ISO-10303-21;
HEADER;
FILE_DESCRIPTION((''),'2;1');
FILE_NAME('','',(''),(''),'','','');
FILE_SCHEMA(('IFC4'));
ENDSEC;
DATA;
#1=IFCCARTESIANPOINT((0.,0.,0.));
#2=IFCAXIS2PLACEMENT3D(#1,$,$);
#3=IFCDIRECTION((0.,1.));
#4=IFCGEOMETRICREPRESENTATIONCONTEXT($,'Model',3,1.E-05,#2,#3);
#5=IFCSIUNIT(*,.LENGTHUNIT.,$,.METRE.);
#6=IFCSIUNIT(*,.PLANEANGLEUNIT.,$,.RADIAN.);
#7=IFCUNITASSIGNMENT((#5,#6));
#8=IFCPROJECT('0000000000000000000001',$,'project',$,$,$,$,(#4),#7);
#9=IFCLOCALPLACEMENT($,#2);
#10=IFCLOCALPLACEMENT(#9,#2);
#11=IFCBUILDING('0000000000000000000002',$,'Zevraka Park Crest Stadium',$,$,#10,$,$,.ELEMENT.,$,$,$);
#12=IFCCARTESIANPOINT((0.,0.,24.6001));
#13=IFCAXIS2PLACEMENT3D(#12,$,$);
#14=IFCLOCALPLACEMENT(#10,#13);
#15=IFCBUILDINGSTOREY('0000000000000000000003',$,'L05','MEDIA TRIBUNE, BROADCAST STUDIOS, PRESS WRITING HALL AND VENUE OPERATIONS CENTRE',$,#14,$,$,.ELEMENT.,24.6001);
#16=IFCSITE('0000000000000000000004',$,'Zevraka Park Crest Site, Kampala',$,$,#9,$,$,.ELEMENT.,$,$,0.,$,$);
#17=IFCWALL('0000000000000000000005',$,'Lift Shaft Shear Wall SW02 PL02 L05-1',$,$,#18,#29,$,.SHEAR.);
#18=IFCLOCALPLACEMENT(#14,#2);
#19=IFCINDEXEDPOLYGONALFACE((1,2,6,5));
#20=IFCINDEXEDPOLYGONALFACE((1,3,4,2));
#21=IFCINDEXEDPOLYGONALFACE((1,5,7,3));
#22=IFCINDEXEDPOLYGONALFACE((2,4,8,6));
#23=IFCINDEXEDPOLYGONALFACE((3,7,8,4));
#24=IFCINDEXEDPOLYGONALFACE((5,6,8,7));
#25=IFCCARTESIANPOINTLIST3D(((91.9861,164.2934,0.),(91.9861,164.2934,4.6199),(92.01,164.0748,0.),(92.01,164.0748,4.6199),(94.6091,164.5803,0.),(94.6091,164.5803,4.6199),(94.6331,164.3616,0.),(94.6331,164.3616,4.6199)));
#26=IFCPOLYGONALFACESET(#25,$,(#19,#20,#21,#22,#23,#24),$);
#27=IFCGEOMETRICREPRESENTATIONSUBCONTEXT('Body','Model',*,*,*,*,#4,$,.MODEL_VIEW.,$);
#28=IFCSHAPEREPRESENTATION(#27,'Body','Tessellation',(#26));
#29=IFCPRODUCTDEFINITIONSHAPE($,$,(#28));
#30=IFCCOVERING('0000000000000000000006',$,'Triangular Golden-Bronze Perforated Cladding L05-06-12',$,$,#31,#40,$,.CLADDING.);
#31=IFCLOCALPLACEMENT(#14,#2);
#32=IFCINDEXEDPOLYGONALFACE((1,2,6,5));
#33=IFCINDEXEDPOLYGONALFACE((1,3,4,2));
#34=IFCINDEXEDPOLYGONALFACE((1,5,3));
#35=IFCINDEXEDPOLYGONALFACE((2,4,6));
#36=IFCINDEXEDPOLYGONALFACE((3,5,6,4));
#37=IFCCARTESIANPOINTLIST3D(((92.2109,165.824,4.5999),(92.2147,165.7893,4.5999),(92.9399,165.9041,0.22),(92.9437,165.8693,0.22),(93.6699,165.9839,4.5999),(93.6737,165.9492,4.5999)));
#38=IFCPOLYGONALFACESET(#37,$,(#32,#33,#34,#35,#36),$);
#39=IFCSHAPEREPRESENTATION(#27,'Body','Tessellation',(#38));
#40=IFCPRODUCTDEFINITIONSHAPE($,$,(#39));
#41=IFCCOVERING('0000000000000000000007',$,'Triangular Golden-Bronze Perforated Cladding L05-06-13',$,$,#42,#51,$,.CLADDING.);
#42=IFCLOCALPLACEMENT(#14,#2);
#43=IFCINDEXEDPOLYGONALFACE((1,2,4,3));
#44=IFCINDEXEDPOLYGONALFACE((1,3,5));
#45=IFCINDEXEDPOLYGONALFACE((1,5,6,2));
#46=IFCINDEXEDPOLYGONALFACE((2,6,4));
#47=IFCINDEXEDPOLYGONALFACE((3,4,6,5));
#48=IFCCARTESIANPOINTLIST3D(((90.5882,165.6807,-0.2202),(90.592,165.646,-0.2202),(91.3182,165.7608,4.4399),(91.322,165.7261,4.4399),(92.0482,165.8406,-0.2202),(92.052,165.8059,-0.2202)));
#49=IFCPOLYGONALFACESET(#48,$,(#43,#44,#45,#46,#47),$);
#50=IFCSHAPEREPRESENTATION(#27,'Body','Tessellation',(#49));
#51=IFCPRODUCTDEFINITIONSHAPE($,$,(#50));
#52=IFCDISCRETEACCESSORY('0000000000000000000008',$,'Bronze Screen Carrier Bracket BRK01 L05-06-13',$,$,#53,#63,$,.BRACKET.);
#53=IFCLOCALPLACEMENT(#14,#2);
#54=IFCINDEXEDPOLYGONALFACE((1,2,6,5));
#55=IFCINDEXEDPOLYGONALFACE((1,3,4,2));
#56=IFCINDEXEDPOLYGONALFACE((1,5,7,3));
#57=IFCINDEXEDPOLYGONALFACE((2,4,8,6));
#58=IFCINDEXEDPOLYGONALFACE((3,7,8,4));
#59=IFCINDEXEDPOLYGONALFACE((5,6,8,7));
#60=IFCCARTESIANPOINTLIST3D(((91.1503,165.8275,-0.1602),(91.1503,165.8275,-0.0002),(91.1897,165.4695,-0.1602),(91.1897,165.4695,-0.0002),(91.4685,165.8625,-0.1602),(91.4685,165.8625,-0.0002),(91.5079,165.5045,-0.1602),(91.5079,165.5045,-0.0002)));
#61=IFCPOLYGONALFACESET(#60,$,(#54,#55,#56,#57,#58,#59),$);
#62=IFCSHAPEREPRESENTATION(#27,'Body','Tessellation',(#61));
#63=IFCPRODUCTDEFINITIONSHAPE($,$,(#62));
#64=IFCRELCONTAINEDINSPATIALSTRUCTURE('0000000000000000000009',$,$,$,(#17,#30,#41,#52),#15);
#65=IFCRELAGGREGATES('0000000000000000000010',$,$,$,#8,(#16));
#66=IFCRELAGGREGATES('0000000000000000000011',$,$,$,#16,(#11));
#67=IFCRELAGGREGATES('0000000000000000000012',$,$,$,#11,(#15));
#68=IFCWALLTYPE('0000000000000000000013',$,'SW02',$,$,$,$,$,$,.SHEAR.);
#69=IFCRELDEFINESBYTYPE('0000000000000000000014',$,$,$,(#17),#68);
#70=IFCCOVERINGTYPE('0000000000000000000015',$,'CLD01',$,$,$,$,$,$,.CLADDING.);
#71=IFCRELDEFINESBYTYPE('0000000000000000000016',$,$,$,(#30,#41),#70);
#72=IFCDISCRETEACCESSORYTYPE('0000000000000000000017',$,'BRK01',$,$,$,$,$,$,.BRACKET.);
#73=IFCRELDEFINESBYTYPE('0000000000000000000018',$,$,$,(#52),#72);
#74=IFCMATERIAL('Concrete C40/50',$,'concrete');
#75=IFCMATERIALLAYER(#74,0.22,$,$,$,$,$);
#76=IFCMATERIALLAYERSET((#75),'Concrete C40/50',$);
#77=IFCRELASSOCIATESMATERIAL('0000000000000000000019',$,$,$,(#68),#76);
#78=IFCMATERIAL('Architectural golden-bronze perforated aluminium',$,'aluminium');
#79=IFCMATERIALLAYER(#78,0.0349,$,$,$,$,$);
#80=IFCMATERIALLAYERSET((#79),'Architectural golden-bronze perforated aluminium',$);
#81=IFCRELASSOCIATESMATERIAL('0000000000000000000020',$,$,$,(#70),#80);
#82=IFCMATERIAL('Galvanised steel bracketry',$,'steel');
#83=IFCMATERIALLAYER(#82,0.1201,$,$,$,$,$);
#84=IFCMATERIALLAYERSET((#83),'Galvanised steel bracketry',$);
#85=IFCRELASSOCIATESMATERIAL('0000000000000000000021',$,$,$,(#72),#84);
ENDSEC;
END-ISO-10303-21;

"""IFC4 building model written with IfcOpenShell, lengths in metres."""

from ifc_helpers import new_model, si_unit, direction, frame, frame_2d, origin, origin_2d, place, context, subcontext, project, spatial, polyline, rectangle, outline, extrude, material, layer, layer_set, type_object, element, save


model = new_model("IFC4")

# Units and contexts
model_context = context("Model", 3, precision=1e-05, world=origin(), true_north=direction((0.0, 1.0)))
body_context = subcontext(model_context, "Body", "Model", "MODEL_VIEW")
ifc_project = project(units=[si_unit("LENGTHUNIT", "METRE"), si_unit("PLANEANGLEUNIT", "RADIAN")], contexts=[model_context])

# Site, building, storey
site_placement = place(None, origin())
site = spatial("IfcSite", under=ifc_project, at=site_placement, Name="Zevraka Park Crest Site, Kampala", CompositionType="ELEMENT", RefElevation=0.0)
building_placement = place(site_placement, origin())
building = spatial("IfcBuilding", under=site, at=building_placement, Name="Zevraka Park Crest Stadium", CompositionType="ELEMENT")
storey_placement = place(building_placement, frame((0.0, 0.0, 24.6001)))
storey = spatial("IfcBuildingStorey", under=building, at=storey_placement, Name="L05", Description="MEDIA TRIBUNE, BROADCAST STUDIOS, PRESS WRITING HALL AND VENUE OPERATIONS CENTRE", CompositionType="ELEMENT", Elevation=24.6001)

# Wall
ifc_material_1 = material(Name="Concrete C40/50", Category="concrete")
ifc_layer_1 = layer(ifc_material_1, 0.22)
ifc_layer_set_1 = layer_set([ifc_layer_1], Name="Concrete C40/50")
wall_type = type_object("IfcWallType", Name="SW02", PredefinedType="SHEAR", material=ifc_layer_set_1)
wall_1_placement = place(storey_placement, frame((94.6211, 164.4709, 0.0), z_axis=(0.0, 0.0, 1.0), x_axis=(-0.994073, -0.108715, 0.0)))
element("IfcWall", 1, at=wall_1_placement, inside=storey, type_object=wall_type, Name="Lift Shaft Shear Wall SW02 PL02 L05-1", PredefinedType="SHEAR", context=body_context, shape_type="SweptSolid", body=[
    extrude(rectangle(XDim=2.6387, YDim=0.22, at=frame_2d((1.3193, 0.0))), origin(), (0.0, 0.0, 1.0), 4.6199),
])

# Coverings
ifc_material_2 = material(Name="Architectural golden-bronze perforated aluminium", Category="aluminium")
ifc_layer_2 = layer(ifc_material_2, 0.0349)
ifc_layer_set_2 = layer_set([ifc_layer_2], Name="Architectural golden-bronze perforated aluminium")
covering_type = type_object("IfcCoveringType", Name="CLD01", PredefinedType="CLADDING", material=ifc_layer_set_2)
covering_1_placement = place(storey_placement, frame((92.2109, 165.824, 4.5999), z_axis=(-0.108953, 0.994047, 0.00004), x_axis=(0.994047, 0.108953, 0.0)))
element("IfcCovering", 2, at=covering_1_placement, inside=storey, type_object=covering_type, Name="Triangular Golden-Bronze Perforated Cladding L05-06-12", PredefinedType="CLADDING", context=body_context, shape_type="SweptSolid", body=[
    extrude(outline(polyline([(0.0, 0.0), (1.4677, 0.0), (0.7334, 4.3799), (0.0, 0.0)])), origin(), (0.0, 0.0, -1.0), 0.0349),
])
covering_2_placement = place(storey_placement, frame((92.052, 165.8059, -0.2202), z_axis=(0.108881, -0.994055, 0.000026), x_axis=(-0.994055, -0.108881, 0.0)))
element("IfcCovering", 3, at=covering_2_placement, inside=storey, type_object=covering_type, Name="Triangular Golden-Bronze Perforated Cladding L05-06-13", PredefinedType="CLADDING", context=body_context, shape_type="SweptSolid", body=[
    extrude(outline(polyline([(0.0, 0.0), (1.4687, 0.0), (0.7343, -4.6602), (0.0, 0.0)])), origin(), (0.0, 0.0, -1.0), 0.0349),
])

# Discrete accessory
ifc_material_3 = material(Name="Galvanised steel bracketry", Category="steel")
ifc_layer_3 = layer(ifc_material_3, 0.1201)
ifc_layer_set_3 = layer_set([ifc_layer_3], Name="Galvanised steel bracketry")
discrete_accessory_type = type_object("IfcDiscreteAccessoryType", Name="BRK01", PredefinedType="BRACKET", material=ifc_layer_set_3)
discrete_accessory_placement = place(storey_placement, frame((91.3291, 165.666, -0.1602), z_axis=(0.0, 0.0, 1.0), x_axis=(-0.993999, -0.109387, 0.0)))
element("IfcDiscreteAccessory", 4, at=discrete_accessory_placement, inside=storey, type_object=discrete_accessory_type, Name="Bronze Screen Carrier Bracket BRK01 L05-06-13", PredefinedType="BRACKET", context=body_context, shape_type="SweptSolid", body=[
    extrude(rectangle(XDim=0.3201, YDim=0.3601, at=origin_2d()), origin(), (0.0, 0.0, 1.0), 0.1599),
])

save(model, "model.ifc")
